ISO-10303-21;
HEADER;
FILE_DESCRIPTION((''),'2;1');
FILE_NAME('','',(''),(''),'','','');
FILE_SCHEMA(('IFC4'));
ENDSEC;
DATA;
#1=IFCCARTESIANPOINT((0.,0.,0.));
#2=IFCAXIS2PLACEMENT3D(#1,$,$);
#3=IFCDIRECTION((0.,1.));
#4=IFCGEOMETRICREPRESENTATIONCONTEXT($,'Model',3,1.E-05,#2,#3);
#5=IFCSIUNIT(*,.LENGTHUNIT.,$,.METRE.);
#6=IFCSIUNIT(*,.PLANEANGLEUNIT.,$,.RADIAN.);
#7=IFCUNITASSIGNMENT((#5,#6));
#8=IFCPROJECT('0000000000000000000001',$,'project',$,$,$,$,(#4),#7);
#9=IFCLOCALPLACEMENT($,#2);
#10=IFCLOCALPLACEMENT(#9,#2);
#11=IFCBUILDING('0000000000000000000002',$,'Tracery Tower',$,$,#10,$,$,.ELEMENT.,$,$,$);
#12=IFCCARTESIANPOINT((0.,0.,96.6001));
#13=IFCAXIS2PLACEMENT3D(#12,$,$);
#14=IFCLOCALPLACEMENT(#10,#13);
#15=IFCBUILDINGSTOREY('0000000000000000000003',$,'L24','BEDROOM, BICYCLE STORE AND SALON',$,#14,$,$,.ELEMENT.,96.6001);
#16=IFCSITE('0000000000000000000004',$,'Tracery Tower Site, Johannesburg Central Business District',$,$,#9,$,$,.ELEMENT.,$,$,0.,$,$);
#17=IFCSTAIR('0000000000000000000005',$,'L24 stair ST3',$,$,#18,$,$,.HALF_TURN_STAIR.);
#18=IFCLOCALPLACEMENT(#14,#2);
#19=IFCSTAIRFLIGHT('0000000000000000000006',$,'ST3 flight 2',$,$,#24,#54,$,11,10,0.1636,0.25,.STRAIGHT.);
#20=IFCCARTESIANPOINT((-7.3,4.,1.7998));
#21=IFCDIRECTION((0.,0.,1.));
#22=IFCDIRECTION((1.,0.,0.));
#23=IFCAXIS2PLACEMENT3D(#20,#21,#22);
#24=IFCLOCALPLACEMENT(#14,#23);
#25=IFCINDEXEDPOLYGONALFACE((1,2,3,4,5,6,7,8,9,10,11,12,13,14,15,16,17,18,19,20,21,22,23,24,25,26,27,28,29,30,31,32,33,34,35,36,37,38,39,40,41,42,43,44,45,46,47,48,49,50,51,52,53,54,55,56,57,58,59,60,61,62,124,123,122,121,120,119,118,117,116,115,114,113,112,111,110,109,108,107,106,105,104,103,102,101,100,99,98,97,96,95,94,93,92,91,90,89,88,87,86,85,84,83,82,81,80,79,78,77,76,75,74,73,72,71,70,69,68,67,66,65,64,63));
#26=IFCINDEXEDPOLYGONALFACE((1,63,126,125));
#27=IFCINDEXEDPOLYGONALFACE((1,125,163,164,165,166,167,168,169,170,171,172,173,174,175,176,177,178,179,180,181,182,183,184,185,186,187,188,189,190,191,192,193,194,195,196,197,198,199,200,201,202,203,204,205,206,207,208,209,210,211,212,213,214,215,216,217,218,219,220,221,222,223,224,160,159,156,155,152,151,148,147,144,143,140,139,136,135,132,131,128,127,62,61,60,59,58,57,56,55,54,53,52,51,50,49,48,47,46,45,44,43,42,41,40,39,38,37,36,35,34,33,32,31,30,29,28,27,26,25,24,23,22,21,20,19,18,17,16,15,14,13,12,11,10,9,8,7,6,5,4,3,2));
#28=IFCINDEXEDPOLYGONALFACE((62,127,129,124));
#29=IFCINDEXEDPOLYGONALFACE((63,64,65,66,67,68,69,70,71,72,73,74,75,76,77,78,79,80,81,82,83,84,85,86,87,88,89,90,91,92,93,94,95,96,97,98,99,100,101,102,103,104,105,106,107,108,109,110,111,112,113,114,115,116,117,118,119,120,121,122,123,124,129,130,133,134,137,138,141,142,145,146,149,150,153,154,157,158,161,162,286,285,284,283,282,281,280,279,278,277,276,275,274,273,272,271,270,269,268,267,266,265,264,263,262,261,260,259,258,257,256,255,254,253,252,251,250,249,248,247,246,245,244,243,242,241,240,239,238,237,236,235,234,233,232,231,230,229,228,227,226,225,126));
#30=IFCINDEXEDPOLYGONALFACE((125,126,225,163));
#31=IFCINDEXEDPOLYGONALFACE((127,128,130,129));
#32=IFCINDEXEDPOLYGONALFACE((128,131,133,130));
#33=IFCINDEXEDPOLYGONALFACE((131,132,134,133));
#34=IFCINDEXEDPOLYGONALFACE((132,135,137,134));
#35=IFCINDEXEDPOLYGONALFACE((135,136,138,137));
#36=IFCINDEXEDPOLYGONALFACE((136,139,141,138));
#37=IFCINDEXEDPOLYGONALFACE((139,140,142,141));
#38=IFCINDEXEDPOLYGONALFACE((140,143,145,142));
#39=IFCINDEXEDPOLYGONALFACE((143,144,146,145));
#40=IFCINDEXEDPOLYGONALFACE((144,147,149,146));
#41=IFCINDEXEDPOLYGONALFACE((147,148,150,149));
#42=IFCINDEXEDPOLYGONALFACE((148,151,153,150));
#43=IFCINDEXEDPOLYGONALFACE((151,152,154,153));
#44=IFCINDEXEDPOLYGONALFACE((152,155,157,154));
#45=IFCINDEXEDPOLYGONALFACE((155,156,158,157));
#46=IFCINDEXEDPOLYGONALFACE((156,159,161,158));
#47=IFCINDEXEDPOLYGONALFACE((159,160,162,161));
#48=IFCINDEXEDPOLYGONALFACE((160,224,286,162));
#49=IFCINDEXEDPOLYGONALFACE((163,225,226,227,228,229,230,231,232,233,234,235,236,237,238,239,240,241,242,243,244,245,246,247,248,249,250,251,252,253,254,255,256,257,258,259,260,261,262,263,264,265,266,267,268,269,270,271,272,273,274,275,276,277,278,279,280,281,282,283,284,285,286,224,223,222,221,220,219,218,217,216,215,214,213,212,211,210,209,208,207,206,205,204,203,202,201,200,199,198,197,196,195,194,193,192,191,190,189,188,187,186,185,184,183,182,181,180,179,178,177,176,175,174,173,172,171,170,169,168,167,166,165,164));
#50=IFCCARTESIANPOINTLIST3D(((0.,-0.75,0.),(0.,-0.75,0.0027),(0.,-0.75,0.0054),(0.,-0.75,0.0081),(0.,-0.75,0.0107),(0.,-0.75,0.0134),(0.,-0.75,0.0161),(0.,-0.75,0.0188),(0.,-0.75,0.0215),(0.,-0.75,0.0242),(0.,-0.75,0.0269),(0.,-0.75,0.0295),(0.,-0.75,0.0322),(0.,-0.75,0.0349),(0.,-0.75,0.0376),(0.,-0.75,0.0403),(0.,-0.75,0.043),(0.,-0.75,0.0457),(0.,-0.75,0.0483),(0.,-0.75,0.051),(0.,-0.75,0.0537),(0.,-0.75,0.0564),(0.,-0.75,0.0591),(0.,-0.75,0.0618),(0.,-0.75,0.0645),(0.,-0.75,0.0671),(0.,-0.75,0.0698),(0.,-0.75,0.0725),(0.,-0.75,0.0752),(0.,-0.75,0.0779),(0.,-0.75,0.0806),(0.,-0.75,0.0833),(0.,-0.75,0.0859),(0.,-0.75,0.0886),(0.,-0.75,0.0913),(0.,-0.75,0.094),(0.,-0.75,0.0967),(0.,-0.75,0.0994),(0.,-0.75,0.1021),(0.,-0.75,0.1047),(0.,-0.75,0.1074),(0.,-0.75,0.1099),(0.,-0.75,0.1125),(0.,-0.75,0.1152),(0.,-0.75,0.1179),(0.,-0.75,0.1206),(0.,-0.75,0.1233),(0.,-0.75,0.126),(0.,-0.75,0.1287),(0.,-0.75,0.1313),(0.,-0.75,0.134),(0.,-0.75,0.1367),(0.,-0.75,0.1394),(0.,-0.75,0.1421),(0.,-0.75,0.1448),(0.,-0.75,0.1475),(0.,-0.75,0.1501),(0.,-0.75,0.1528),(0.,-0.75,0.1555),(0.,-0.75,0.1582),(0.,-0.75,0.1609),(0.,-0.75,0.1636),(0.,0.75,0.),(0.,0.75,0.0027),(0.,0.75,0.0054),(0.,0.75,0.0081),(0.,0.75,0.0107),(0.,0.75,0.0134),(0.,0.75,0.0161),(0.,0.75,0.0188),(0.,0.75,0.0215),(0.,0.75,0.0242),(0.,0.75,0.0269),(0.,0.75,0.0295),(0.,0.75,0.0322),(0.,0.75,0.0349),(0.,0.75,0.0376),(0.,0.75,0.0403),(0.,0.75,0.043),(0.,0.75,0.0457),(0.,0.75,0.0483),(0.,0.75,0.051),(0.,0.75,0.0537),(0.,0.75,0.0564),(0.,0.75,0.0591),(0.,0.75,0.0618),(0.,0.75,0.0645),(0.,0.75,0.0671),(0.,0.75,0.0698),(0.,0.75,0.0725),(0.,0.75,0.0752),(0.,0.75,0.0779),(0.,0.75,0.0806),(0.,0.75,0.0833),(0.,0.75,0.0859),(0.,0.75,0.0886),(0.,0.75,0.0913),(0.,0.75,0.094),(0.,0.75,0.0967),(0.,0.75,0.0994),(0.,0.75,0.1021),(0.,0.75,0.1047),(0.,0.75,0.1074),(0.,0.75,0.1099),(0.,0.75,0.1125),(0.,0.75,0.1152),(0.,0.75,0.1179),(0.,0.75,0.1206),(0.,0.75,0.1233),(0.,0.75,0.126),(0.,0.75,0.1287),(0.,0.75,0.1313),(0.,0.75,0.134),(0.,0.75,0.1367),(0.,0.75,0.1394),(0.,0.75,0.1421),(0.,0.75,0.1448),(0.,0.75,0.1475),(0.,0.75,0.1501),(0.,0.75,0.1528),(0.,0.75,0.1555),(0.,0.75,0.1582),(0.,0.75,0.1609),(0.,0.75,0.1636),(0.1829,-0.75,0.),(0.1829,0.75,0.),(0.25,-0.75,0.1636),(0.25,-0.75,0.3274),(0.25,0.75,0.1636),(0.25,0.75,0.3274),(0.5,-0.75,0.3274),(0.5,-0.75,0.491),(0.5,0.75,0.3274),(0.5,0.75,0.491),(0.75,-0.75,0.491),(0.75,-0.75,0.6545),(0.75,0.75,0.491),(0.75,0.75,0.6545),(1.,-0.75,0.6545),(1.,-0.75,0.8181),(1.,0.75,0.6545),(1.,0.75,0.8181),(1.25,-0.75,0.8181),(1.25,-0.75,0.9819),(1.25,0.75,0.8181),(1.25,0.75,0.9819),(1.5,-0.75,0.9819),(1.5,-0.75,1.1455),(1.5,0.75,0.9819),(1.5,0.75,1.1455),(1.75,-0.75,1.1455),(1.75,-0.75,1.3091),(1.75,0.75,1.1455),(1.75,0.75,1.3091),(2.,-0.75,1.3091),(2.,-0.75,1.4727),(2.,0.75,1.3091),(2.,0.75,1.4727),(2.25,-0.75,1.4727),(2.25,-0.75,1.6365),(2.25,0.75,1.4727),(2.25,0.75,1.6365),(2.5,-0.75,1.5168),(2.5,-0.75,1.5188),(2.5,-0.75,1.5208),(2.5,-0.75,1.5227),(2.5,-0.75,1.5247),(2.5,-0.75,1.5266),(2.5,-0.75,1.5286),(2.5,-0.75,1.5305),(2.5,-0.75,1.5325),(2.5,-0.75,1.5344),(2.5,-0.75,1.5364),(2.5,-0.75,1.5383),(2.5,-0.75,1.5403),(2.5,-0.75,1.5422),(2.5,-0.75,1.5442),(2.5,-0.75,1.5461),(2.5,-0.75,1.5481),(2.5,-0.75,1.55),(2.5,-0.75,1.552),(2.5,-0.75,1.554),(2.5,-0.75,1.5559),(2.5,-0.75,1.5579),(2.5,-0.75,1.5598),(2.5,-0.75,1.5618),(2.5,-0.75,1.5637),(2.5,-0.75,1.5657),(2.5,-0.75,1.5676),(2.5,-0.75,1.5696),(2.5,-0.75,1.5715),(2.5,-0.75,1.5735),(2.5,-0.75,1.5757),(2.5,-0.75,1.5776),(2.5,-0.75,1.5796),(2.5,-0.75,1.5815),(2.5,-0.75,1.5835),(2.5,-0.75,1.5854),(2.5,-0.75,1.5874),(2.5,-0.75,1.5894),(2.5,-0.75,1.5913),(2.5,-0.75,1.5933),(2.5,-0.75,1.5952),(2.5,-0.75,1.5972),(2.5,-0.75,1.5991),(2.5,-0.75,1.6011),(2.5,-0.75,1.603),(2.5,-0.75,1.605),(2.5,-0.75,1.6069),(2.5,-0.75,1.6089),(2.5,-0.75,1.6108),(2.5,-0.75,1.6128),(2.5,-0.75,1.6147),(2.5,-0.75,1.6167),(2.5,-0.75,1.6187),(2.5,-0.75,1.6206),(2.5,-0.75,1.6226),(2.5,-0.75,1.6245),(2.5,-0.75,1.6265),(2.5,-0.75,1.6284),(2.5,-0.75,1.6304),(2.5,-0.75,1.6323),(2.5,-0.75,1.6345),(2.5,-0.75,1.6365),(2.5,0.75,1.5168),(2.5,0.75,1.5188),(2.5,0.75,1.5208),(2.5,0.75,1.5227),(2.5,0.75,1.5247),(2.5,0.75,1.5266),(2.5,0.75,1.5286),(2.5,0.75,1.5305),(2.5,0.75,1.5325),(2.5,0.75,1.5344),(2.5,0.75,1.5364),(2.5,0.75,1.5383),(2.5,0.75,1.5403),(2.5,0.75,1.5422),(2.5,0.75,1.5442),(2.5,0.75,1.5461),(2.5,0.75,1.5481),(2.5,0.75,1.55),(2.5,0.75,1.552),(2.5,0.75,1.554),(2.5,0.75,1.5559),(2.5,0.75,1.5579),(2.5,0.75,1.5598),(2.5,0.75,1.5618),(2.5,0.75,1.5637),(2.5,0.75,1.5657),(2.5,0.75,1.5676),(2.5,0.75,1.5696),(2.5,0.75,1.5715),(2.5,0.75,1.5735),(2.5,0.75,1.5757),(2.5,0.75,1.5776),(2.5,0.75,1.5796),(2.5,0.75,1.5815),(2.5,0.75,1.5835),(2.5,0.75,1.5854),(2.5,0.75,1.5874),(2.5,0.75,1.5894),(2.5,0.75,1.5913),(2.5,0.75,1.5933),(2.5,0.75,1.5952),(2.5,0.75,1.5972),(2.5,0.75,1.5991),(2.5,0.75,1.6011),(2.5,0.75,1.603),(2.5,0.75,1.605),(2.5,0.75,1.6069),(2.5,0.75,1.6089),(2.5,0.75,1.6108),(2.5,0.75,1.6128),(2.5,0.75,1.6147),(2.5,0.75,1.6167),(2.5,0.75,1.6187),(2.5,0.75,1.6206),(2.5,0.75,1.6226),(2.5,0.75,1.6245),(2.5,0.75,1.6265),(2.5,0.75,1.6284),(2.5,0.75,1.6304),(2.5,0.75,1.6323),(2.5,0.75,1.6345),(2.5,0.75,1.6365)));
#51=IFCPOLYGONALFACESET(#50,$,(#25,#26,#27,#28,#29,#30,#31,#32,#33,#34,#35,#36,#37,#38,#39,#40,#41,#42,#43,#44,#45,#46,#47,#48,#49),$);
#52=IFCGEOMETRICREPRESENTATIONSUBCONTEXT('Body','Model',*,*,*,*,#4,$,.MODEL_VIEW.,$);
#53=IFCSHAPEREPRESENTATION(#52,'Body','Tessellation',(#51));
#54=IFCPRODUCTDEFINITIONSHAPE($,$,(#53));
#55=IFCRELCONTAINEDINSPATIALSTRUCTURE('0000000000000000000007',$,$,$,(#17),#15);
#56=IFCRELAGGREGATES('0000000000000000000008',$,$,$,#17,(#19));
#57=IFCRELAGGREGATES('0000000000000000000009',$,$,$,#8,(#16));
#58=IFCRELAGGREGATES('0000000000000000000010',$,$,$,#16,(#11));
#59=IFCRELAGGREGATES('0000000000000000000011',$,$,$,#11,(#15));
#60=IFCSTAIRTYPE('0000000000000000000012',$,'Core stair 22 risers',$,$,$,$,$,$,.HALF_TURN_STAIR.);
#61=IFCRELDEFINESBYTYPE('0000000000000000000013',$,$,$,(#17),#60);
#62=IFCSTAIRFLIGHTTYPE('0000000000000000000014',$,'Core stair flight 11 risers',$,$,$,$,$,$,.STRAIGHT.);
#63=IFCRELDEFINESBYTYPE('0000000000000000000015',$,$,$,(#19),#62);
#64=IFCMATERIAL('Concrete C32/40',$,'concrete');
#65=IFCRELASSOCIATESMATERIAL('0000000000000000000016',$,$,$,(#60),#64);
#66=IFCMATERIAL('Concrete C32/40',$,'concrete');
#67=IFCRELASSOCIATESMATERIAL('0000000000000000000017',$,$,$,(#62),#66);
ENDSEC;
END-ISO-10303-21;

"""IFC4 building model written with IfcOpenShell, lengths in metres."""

from ifc_helpers import new_model, si_unit, direction, frame, origin, place, context, subcontext, project, spatial, polyline, outline, extrude, material, type_object, element, aggregate, save


model = new_model("IFC4")

# Units and contexts
model_context = context("Model", 3, precision=1e-05, world=origin(), true_north=direction((0.0, 1.0)))
body_context = subcontext(model_context, "Body", "Model", "MODEL_VIEW")
ifc_project = project(units=[si_unit("LENGTHUNIT", "METRE"), si_unit("PLANEANGLEUNIT", "RADIAN")], contexts=[model_context])

# Site, building, storey
site_placement = place(None, origin())
site = spatial("IfcSite", under=ifc_project, at=site_placement, Name="Tracery Tower Site, Johannesburg Central Business District", CompositionType="ELEMENT", RefElevation=0.0)
building_placement = place(site_placement, origin())
building = spatial("IfcBuilding", under=site, at=building_placement, Name="Tracery Tower", CompositionType="ELEMENT")
storey_placement = place(building_placement, frame((0.0, 0.0, 96.6001)))
storey = spatial("IfcBuildingStorey", under=building, at=storey_placement, Name="L24", Description="BEDROOM, BICYCLE STORE AND SALON", CompositionType="ELEMENT", Elevation=96.6001)

# Stair, stair flight
ifc_material_1 = material(Name="Concrete C32/40", Category="concrete")
stair_type = type_object("IfcStairType", Name="Core stair 22 risers", PredefinedType="HALF_TURN_STAIR", material=ifc_material_1)
stair_placement = place(storey_placement, origin())
stair = element("IfcStair", 1, at=stair_placement, inside=storey, type_object=stair_type, Name="L24 stair ST3", PredefinedType="HALF_TURN_STAIR")
ifc_material_2 = material(Name="Concrete C32/40", Category="concrete")
stair_flight_type = type_object("IfcStairFlightType", Name="Core stair flight 11 risers", PredefinedType="STRAIGHT", material=ifc_material_2)
stair_flight_1_placement = place(storey_placement, frame((-7.3, 4.0, 1.7998), z_axis=(0.0, 0.0, 1.0), x_axis=(1.0, 0.0, 0.0)))
stair_flight_1 = element("IfcStairFlight", 2, at=stair_flight_1_placement, type_object=stair_flight_type, Name="ST3 flight 2", NumberOfRisers=11, NumberOfTreads=10, PredefinedType="STRAIGHT", RiserHeight=0.1636, TreadLength=0.25, context=body_context, shape_type="SweptSolid", body=[
    extrude(outline(polyline([(0.0, 0.0), (0.0, 0.0027), (0.0, 0.0054), (0.0, 0.0081), (0.0, 0.0107), (0.0, 0.0134), (0.0, 0.0161), (0.0, 0.0188), (0.0, 0.0215), (0.0, 0.0242), (0.0, 0.0269), (0.0, 0.0295), (0.0, 0.0322), (0.0, 0.0349), (0.0, 0.0376), (0.0, 0.0403), (0.0, 0.043), (0.0, 0.0457), (0.0, 0.0483), (0.0, 0.051), (0.0, 0.0537), (0.0, 0.0564), (0.0, 0.0591), (0.0, 0.0618), (0.0, 0.0645), (0.0, 0.0671), (0.0, 0.0698), (0.0, 0.0725), (0.0, 0.0752), (0.0, 0.0779), (0.0, 0.0806), (0.0, 0.0833), (0.0, 0.0859), (0.0, 0.0886), (0.0, 0.0913), (0.0, 0.094), (0.0, 0.0967), (0.0, 0.0994), (0.0, 0.1021), (0.0, 0.1047), (0.0, 0.1074), (0.0, 0.1099), (0.0, 0.1125), (0.0, 0.1152), (0.0, 0.1179), (0.0, 0.1206), (0.0, 0.1233), (0.0, 0.126), (0.0, 0.1287), (0.0, 0.1313), (0.0, 0.134), (0.0, 0.1367), (0.0, 0.1394), (0.0, 0.1421), (0.0, 0.1448), (0.0, 0.1475), (0.0, 0.1501), (0.0, 0.1528), (0.0, 0.1555), (0.0, 0.1582), (0.0, 0.1609), (0.0, 0.1636), (0.25, 0.1636), (0.25, 0.3274), (0.5, 0.3274), (0.5, 0.491), (0.75, 0.491), (0.75, 0.6545), (1.0, 0.6545), (1.0, 0.8181), (1.25, 0.8181), (1.25, 0.9819), (1.5, 0.9819), (1.5, 1.1455), (1.75, 1.1455), (1.75, 1.3091), (2.0, 1.3091), (2.0, 1.4727), (2.25, 1.4727), (2.25, 1.6365), (2.5, 1.6365), (2.5, 1.6345), (2.5, 1.6323), (2.5, 1.6304), (2.5, 1.6284), (2.5, 1.6265), (2.5, 1.6245), (2.5, 1.6226), (2.5, 1.6206), (2.5, 1.6187), (2.5, 1.6167), (2.5, 1.6147), (2.5, 1.6128), (2.5, 1.6108), (2.5, 1.6089), (2.5, 1.6069), (2.5, 1.605), (2.5, 1.603), (2.5, 1.6011), (2.5, 1.5991), (2.5, 1.5972), (2.5, 1.5952), (2.5, 1.5933), (2.5, 1.5913), (2.5, 1.5894), (2.5, 1.5874), (2.5, 1.5854), (2.5, 1.5835), (2.5, 1.5815), (2.5, 1.5796), (2.5, 1.5776), (2.5, 1.5757), (2.5, 1.5735), (2.5, 1.5715), (2.5, 1.5696), (2.5, 1.5676), (2.5, 1.5657), (2.5, 1.5637), (2.5, 1.5618), (2.5, 1.5598), (2.5, 1.5579), (2.5, 1.5559), (2.5, 1.554), (2.5, 1.552), (2.5, 1.55), (2.5, 1.5481), (2.5, 1.5461), (2.5, 1.5442), (2.5, 1.5422), (2.5, 1.5403), (2.5, 1.5383), (2.5, 1.5364), (2.5, 1.5344), (2.5, 1.5325), (2.5, 1.5305), (2.5, 1.5286), (2.5, 1.5266), (2.5, 1.5247), (2.5, 1.5227), (2.5, 1.5208), (2.5, 1.5188), (2.5, 1.5168), (0.1829, 0.0), (0.0, 0.0)])), frame((0.0, 0.75, 0.0), z_axis=(0.0, -1.0, 0.0), x_axis=(1.0, 0.0, 0.0)), (0.0, 0.0, 1.0), 1.5),
])
aggregate(stair, [stair_flight_1])

save(model, "model.ifc")
